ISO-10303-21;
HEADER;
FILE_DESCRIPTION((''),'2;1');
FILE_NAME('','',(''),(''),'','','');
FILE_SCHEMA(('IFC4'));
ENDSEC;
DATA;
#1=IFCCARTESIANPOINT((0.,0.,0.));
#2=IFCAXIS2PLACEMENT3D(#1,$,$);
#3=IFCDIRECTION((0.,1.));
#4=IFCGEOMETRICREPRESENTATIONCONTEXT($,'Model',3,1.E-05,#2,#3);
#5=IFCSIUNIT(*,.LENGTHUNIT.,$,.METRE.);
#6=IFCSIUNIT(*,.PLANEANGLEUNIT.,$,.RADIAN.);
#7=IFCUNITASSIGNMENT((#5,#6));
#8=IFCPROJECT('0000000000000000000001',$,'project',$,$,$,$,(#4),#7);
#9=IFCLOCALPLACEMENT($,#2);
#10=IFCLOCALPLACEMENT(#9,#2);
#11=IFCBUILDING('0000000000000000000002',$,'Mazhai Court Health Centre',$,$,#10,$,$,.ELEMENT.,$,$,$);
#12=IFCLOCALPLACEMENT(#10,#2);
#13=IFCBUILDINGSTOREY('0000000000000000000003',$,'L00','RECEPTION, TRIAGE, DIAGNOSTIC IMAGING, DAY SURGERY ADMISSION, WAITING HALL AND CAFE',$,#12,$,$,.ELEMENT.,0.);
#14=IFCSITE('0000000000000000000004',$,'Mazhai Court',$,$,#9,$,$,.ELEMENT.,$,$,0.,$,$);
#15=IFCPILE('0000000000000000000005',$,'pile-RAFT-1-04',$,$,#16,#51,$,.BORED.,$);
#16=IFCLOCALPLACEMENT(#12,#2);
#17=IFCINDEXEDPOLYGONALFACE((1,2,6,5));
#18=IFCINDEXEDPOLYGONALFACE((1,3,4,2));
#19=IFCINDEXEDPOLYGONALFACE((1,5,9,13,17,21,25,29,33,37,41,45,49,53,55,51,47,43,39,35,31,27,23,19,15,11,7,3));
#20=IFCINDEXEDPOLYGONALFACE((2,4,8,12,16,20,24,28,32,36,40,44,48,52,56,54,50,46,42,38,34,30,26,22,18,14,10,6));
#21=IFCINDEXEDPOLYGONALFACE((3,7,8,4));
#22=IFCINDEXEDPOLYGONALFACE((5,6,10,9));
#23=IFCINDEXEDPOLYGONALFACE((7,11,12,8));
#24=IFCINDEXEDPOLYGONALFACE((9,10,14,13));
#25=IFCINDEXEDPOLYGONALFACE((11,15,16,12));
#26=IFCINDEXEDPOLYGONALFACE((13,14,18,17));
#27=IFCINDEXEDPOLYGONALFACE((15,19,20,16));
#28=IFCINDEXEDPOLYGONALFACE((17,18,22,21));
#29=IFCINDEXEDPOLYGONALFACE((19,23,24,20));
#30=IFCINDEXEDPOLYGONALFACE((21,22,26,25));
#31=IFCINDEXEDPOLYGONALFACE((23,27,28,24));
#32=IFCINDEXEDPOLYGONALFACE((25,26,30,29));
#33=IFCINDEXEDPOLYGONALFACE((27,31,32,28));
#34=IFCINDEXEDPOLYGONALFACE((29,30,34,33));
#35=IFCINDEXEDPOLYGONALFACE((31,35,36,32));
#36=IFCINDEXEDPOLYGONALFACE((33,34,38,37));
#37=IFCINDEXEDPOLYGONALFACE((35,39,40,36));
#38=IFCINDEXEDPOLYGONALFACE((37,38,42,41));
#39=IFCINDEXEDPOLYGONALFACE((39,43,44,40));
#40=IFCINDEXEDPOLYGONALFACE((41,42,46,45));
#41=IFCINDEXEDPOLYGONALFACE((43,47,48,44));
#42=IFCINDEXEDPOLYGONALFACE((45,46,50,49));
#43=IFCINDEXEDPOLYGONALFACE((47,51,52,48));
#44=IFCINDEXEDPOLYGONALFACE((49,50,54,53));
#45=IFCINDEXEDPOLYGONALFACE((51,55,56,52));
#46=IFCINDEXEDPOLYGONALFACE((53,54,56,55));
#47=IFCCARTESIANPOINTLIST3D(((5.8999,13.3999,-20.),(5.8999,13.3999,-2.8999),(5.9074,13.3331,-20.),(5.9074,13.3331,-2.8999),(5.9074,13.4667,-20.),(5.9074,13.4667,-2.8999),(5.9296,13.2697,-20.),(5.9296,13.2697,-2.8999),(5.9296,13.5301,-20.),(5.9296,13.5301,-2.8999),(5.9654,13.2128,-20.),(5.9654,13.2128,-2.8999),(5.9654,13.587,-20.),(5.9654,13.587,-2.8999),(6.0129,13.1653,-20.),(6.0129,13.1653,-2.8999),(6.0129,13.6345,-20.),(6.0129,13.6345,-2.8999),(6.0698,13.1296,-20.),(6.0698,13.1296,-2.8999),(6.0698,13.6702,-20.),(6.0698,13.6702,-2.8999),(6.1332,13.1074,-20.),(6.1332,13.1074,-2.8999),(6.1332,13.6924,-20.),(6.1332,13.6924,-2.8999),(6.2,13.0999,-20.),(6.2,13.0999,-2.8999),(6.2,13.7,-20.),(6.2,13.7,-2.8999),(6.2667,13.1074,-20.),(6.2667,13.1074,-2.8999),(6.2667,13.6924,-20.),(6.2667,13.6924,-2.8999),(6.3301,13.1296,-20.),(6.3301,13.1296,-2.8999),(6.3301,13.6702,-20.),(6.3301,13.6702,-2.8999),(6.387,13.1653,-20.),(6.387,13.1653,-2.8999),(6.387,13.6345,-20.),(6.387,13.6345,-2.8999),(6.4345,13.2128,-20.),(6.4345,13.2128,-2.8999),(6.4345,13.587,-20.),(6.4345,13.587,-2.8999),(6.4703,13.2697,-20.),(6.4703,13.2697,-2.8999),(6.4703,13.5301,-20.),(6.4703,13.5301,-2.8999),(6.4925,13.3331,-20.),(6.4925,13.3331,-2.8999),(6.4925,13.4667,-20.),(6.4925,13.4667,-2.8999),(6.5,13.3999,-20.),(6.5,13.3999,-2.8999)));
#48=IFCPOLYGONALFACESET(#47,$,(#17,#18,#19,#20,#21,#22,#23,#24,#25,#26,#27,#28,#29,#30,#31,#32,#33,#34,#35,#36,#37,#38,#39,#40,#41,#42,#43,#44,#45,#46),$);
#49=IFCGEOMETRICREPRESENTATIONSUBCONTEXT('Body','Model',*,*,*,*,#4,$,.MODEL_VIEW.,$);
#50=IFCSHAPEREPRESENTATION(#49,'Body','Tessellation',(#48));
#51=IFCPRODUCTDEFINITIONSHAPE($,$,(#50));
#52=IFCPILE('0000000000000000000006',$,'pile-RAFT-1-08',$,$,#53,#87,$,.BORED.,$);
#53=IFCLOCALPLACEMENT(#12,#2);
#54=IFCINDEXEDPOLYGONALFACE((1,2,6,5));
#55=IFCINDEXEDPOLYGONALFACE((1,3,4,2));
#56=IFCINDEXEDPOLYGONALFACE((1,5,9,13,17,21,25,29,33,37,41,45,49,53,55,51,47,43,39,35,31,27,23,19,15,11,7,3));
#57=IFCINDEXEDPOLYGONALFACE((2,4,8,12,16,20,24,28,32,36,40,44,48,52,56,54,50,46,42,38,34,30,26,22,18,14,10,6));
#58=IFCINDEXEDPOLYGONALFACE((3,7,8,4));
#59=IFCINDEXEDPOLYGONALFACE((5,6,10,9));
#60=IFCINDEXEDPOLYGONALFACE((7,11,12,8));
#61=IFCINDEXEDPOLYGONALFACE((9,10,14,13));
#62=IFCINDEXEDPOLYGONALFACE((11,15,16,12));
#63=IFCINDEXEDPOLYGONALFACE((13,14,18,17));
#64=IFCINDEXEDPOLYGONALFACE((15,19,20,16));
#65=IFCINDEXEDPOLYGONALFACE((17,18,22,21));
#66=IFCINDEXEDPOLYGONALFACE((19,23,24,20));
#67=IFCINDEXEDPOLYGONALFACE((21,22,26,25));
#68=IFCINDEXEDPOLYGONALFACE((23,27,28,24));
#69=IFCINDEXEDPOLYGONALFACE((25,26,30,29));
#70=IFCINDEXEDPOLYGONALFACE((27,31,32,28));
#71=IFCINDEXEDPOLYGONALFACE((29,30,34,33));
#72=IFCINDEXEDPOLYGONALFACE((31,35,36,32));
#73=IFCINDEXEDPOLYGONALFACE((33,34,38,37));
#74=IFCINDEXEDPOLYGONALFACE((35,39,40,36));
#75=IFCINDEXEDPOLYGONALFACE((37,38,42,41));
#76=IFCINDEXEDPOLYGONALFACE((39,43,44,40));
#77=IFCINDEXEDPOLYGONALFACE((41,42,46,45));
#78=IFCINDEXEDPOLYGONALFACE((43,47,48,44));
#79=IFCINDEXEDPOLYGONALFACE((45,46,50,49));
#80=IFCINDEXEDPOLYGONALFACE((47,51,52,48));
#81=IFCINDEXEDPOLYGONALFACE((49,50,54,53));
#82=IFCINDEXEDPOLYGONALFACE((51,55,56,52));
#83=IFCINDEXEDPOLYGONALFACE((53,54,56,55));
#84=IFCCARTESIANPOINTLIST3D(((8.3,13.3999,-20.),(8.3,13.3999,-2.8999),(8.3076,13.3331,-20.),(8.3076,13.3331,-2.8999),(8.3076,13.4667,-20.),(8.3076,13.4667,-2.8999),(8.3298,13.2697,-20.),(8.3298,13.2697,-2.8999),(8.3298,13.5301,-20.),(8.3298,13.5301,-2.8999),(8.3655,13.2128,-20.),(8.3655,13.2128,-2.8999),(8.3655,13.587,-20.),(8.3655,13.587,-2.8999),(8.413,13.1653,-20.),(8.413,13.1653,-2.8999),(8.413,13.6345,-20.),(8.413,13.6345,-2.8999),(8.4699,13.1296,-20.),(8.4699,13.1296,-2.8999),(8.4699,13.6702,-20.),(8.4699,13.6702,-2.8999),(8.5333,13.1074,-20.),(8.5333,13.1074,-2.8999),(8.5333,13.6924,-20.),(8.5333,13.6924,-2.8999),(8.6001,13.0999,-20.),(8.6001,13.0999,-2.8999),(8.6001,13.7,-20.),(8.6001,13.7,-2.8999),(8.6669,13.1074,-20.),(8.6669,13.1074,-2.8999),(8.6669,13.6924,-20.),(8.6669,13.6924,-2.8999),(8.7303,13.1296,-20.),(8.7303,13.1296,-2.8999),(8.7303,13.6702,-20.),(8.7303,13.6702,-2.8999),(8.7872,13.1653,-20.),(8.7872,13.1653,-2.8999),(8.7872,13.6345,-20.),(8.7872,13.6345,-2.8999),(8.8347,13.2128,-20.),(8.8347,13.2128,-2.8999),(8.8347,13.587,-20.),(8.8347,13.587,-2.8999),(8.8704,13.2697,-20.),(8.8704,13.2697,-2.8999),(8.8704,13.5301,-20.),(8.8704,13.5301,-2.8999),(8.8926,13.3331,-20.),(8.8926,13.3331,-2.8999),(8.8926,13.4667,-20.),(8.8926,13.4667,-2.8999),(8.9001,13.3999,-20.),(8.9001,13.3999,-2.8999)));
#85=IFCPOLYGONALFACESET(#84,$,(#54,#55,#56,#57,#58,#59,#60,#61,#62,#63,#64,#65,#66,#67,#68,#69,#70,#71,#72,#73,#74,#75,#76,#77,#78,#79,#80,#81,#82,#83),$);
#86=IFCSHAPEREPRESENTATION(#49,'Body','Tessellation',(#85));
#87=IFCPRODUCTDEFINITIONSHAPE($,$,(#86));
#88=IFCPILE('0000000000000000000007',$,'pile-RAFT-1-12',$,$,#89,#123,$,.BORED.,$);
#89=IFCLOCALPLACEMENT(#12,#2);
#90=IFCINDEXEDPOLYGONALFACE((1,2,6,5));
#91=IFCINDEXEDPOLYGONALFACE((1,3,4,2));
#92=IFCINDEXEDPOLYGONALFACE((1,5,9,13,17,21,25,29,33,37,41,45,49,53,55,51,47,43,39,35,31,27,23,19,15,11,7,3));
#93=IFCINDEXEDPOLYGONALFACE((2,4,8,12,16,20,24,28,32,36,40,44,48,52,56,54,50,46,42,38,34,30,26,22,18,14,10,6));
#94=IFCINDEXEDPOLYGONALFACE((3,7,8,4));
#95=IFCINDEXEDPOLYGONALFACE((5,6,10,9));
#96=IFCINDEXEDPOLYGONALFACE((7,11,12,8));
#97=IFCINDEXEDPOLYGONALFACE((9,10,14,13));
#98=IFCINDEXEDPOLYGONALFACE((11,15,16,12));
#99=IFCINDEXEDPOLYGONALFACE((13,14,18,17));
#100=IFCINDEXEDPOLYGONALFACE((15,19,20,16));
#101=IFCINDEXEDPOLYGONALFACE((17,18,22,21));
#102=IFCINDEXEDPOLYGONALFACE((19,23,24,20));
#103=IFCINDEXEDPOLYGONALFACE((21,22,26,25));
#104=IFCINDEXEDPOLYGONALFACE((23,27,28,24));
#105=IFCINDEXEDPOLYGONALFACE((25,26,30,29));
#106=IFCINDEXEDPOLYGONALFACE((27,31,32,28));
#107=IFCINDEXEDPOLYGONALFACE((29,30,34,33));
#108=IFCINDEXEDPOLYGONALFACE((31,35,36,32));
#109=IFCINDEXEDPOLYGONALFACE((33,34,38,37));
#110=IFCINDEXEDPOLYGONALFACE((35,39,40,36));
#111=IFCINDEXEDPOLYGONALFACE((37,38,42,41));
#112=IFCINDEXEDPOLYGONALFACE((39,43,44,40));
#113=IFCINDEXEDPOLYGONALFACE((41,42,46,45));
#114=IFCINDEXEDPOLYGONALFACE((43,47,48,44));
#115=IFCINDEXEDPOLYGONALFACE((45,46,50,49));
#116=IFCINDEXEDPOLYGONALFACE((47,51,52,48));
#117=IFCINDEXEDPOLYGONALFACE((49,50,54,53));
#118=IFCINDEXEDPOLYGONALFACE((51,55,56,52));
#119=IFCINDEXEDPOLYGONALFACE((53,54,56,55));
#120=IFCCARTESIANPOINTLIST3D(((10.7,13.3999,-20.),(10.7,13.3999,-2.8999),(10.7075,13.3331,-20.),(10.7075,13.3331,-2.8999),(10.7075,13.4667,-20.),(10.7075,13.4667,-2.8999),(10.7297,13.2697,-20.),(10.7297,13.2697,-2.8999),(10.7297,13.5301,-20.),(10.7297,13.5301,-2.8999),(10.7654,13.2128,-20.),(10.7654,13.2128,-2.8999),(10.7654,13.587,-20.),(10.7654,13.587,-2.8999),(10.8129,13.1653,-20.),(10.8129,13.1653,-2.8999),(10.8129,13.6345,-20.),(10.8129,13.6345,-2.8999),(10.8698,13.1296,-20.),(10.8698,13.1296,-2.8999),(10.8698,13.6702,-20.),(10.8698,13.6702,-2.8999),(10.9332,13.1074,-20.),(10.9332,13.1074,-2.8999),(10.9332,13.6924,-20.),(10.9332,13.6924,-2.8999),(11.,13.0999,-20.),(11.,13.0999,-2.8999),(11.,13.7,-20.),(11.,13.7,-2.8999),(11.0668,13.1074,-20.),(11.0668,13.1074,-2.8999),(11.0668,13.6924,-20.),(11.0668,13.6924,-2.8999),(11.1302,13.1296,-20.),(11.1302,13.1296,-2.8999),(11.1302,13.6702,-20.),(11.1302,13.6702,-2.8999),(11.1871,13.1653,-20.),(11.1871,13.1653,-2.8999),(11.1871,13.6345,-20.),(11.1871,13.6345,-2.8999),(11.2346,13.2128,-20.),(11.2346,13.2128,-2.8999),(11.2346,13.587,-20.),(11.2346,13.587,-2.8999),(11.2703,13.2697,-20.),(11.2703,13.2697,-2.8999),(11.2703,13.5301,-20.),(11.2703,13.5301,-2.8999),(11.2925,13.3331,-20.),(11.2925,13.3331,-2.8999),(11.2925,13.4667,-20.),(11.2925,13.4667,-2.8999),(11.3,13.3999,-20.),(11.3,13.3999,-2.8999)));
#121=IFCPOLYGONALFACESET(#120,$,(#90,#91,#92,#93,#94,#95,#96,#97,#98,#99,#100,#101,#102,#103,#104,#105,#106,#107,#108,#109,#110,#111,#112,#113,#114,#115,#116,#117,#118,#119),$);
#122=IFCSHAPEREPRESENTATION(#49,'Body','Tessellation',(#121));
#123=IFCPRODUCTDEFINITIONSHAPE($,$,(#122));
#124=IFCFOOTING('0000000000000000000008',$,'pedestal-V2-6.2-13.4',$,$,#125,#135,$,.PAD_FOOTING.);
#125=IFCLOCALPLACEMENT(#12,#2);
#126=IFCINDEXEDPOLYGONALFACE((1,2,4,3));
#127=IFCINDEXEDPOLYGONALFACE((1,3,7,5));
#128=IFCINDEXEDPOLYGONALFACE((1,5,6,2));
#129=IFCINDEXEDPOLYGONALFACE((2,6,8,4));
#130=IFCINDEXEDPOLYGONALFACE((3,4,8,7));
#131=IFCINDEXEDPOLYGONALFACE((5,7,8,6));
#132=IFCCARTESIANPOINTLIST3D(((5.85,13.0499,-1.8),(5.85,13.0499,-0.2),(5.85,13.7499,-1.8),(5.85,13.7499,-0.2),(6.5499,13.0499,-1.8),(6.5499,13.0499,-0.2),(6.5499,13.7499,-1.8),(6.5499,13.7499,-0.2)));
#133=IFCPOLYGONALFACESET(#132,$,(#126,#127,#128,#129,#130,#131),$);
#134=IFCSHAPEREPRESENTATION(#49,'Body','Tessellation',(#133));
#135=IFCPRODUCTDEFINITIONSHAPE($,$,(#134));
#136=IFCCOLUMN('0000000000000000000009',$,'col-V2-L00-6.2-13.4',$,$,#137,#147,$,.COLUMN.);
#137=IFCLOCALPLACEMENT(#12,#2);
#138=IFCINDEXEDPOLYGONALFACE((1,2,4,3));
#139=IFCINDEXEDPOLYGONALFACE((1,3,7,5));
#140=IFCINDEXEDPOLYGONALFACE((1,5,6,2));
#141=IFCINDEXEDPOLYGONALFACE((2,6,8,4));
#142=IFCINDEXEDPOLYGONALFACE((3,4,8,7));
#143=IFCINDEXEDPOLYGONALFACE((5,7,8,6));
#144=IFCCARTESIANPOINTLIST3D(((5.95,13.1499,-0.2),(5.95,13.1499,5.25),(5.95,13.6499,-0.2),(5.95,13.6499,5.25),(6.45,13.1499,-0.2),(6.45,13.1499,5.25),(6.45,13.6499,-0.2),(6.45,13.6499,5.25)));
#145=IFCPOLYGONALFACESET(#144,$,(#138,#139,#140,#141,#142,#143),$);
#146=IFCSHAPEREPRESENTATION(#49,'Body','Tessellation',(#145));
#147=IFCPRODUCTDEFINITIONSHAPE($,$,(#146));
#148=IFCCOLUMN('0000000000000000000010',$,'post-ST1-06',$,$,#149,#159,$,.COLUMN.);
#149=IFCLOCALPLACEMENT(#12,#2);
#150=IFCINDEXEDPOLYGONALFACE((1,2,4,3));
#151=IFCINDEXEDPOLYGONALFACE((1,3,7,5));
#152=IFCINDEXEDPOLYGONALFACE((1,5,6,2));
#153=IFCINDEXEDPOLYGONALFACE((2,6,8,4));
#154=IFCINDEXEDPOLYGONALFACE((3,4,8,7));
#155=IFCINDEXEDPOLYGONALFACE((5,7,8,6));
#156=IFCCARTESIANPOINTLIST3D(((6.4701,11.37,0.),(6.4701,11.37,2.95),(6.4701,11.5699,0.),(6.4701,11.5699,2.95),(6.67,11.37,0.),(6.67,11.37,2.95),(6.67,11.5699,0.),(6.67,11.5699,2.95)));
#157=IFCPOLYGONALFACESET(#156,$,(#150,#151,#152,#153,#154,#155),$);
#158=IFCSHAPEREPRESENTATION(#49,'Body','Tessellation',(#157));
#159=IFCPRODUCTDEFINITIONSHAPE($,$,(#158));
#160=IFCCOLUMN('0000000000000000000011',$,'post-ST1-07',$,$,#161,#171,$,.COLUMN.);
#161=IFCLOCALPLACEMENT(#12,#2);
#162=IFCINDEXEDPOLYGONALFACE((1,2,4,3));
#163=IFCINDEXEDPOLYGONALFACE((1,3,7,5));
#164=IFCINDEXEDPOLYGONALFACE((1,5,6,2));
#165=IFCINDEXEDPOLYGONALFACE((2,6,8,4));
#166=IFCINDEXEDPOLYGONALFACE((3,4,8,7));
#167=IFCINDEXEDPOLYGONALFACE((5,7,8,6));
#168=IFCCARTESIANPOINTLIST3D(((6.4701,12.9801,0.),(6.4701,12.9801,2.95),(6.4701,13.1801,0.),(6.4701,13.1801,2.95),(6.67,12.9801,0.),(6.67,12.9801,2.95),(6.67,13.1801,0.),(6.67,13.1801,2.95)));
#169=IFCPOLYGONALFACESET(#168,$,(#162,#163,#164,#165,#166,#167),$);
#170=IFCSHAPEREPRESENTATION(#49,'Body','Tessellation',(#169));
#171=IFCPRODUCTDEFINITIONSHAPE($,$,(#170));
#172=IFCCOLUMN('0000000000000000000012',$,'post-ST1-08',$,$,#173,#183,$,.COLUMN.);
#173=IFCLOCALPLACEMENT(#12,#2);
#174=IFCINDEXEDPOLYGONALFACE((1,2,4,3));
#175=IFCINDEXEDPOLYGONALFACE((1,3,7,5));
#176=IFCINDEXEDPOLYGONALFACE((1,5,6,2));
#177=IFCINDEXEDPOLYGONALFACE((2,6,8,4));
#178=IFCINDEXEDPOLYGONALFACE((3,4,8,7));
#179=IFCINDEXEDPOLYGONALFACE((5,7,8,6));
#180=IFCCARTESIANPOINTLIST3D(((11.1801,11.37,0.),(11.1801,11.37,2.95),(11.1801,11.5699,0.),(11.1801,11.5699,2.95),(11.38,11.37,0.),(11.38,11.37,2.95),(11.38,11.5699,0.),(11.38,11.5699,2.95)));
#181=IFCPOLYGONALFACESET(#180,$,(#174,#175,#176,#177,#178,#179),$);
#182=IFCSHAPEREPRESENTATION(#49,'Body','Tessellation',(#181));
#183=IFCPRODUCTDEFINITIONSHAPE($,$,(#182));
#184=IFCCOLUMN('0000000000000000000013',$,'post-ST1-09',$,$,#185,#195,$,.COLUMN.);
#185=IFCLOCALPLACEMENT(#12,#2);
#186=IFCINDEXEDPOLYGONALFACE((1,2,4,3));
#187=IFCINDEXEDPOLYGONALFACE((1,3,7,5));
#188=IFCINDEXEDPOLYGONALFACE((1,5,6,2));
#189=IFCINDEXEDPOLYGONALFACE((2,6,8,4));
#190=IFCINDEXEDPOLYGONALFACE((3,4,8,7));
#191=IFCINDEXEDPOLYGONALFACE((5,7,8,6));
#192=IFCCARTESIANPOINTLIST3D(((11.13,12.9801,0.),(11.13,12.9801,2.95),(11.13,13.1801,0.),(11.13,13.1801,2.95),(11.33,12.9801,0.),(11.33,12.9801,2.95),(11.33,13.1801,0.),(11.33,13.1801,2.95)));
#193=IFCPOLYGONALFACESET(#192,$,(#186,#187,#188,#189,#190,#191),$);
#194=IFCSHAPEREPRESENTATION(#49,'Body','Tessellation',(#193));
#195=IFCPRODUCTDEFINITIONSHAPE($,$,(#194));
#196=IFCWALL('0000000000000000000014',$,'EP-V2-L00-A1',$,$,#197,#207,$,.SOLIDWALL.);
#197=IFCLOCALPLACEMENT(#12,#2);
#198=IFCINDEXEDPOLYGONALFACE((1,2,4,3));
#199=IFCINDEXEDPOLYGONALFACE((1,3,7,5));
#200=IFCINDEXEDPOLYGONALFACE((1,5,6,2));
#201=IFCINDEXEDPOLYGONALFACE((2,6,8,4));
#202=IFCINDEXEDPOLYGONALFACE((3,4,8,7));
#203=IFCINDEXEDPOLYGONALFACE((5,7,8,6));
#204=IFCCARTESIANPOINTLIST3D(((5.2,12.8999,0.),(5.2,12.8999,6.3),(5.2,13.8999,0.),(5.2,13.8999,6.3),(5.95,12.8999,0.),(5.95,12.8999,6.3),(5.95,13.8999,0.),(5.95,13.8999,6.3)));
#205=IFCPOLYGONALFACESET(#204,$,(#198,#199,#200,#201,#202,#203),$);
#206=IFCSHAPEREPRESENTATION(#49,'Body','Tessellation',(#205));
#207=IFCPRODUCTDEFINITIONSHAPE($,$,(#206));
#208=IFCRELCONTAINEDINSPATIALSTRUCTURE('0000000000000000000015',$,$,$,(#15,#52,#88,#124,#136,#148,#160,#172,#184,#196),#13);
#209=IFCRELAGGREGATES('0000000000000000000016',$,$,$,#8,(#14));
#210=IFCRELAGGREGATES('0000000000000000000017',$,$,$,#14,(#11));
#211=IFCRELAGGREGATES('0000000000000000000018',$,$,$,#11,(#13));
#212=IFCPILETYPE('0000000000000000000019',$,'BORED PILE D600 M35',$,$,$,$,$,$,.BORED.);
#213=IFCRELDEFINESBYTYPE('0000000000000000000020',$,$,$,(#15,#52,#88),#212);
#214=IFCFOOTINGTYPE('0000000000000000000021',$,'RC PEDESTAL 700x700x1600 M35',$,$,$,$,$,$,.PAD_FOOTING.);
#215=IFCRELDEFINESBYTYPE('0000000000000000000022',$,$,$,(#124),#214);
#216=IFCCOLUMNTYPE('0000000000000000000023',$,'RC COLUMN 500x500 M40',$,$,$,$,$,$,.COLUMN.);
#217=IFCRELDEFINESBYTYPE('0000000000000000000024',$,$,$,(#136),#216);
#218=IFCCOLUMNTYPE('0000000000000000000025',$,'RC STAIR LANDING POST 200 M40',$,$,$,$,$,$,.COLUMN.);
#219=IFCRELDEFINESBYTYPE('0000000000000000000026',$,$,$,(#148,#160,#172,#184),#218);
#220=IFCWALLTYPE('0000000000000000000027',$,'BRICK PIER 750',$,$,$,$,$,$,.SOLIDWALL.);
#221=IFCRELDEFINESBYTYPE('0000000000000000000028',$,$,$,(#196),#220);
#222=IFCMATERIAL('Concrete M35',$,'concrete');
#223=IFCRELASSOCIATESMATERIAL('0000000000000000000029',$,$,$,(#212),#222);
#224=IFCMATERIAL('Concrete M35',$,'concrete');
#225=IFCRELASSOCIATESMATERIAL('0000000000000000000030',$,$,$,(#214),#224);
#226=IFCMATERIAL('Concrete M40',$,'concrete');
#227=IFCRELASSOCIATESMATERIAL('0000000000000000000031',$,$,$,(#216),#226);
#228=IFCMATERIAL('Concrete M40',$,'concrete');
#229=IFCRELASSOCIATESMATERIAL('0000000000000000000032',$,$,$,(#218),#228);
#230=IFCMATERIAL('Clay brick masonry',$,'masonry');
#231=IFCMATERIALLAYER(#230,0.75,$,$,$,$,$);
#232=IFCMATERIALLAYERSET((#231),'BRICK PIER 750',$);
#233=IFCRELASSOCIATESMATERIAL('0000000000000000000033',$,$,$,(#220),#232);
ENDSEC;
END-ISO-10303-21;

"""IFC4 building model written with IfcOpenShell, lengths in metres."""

from ifc_helpers import new_model, si_unit, direction, frame, frame_2d, origin, origin_2d, place, context, subcontext, project, spatial, rectangle, circle, extrude, material, layer, layer_set, material_profile, profile_set, type_object, element, save


model = new_model("IFC4")

# Units and contexts
model_context = context("Model", 3, precision=1e-05, world=origin(), true_north=direction((0.0, 1.0)))
body_context = subcontext(model_context, "Body", "Model", "MODEL_VIEW")
ifc_project = project(units=[si_unit("LENGTHUNIT", "METRE"), si_unit("PLANEANGLEUNIT", "RADIAN")], contexts=[model_context])

# Site, building, storey
site_placement = place(None, origin())
site = spatial("IfcSite", under=ifc_project, at=site_placement, Name="Mazhai Court", CompositionType="ELEMENT", RefElevation=0.0)
building_placement = place(site_placement, origin())
building = spatial("IfcBuilding", under=site, at=building_placement, Name="Mazhai Court Health Centre", CompositionType="ELEMENT")
storey_placement = place(building_placement, origin())
storey = spatial("IfcBuildingStorey", under=building, at=storey_placement, Name="L00", Description="RECEPTION, TRIAGE, DIAGNOSTIC IMAGING, DAY SURGERY ADMISSION, WAITING HALL AND CAFE", CompositionType="ELEMENT", Elevation=0.0)

# Piles
ifc_material_1 = material(Name="Concrete M35", Category="concrete")
ifc_material_profile_1 = material_profile(ifc_material_1, circle(Radius=0.3, at=origin_2d()), Name="RC PILE D600")
ifc_profile_set_1 = profile_set([ifc_material_profile_1], Name="Concrete M35")
pile_type = type_object("IfcPileType", Name="BORED PILE D600 M35", PredefinedType="BORED", material=ifc_profile_set_1)
for number, where, z_axis, x_axis, name in (
    (1, (6.2, 13.3999, -2.8999), (0.0, 0.0, -1.0), (1.0, 0.0, 0.0), "pile-RAFT-1-04"),
    (2, (8.6001, 13.3999, -2.8999), (0.0, 0.0, -1.0), (1.0, 0.0, 0.0), "pile-RAFT-1-08"),
    (3, (11.0, 13.3999, -2.8999), (0.0, 0.0, -1.0), (1.0, 0.0, 0.0), "pile-RAFT-1-12"),
):
    element("IfcPile", number, at=place(storey_placement, frame(where, z_axis=z_axis, x_axis=x_axis)), inside=storey, type_object=pile_type, Name=name, PredefinedType="BORED", context=body_context, shape_type="SweptSolid", body=[
        extrude(circle(Radius=0.3, at=origin_2d()), origin(), (0.0, 0.0, 1.0), 17.1001),
    ])

# Footing
ifc_material_2 = material(Name="Concrete M35", Category="concrete")
footing_type = type_object("IfcFootingType", Name="RC PEDESTAL 700x700x1600 M35", PredefinedType="PAD_FOOTING", material=ifc_material_2)
footing_placement = place(storey_placement, frame((6.2, 13.3999, -1.8), z_axis=(0.0, 0.0, 1.0), x_axis=(1.0, 0.0, 0.0)))
element("IfcFooting", 4, at=footing_placement, inside=storey, type_object=footing_type, Name="pedestal-V2-6.2-13.4", PredefinedType="PAD_FOOTING", context=body_context, shape_type="SweptSolid", body=[
    extrude(rectangle(XDim=0.7, YDim=0.7, at=origin_2d()), origin(), (0.0, 0.0, 1.0), 1.6001),
])

# Columns
ifc_material_3 = material(Name="Concrete M40", Category="concrete")
ifc_material_profile_2 = material_profile(ifc_material_3, rectangle(XDim=0.5, YDim=0.5, at=origin_2d()), Name="RC 500x500")
ifc_profile_set_2 = profile_set([ifc_material_profile_2], Name="Concrete M40")
column_type_1 = type_object("IfcColumnType", Name="RC COLUMN 500x500 M40", PredefinedType="COLUMN", material=ifc_profile_set_2)
column_placement = place(storey_placement, frame((6.2, 13.3999, -0.2), z_axis=(0.0, 0.0, 1.0), x_axis=(1.0, 0.0, 0.0)))
element("IfcColumn", 5, at=column_placement, inside=storey, type_object=column_type_1, Name="col-V2-L00-6.2-13.4", PredefinedType="COLUMN", context=body_context, shape_type="SweptSolid", body=[
    extrude(rectangle(XDim=0.5, YDim=0.5, at=origin_2d()), origin(), (0.0, 0.0, 1.0), 5.45),
])
ifc_material_4 = material(Name="Concrete M40", Category="concrete")
ifc_material_profile_3 = material_profile(ifc_material_4, rectangle(XDim=0.2, YDim=0.2, at=origin_2d()), Name="RC 200x200")
ifc_profile_set_3 = profile_set([ifc_material_profile_3], Name="Concrete M40")
column_type_2 = type_object("IfcColumnType", Name="RC STAIR LANDING POST 200 M40", PredefinedType="COLUMN", material=ifc_profile_set_3)
for number, where, z_axis, x_axis, name in (
    (6, (6.5701, 11.47, 0.0), (0.0, 0.0, 1.0), (1.0, 0.0, 0.0), "post-ST1-06"),
    (7, (6.5701, 13.0801, 0.0), (0.0, 0.0, 1.0), (1.0, 0.0, 0.0), "post-ST1-07"),
    (8, (11.28, 11.47, 0.0), (0.0, 0.0, 1.0), (1.0, 0.0, 0.0), "post-ST1-08"),
    (9, (11.23, 13.0801, 0.0), (0.0, 0.0, 1.0), (1.0, 0.0, 0.0), "post-ST1-09"),
):
    element("IfcColumn", number, at=place(storey_placement, frame(where, z_axis=z_axis, x_axis=x_axis)), inside=storey, type_object=column_type_2, Name=name, PredefinedType="COLUMN", context=body_context, shape_type="SweptSolid", body=[
        extrude(rectangle(XDim=0.2, YDim=0.2, at=origin_2d()), origin(), (0.0, 0.0, 1.0), 2.95),
    ])

# Wall
ifc_material_5 = material(Name="Clay brick masonry", Category="masonry")
ifc_layer_1 = layer(ifc_material_5, 0.75)
ifc_layer_set_1 = layer_set([ifc_layer_1], Name="BRICK PIER 750")
wall_type_1 = type_object("IfcWallType", Name="BRICK PIER 750", PredefinedType="SOLIDWALL", material=ifc_layer_set_1)
wall_1_placement = place(storey_placement, frame((5.575, 12.8999, 0.0), z_axis=(0.0, 0.0, 1.0), x_axis=(0.0, 1.0, 0.0)))
element("IfcWall", 10, at=wall_1_placement, inside=storey, type_object=wall_type_1, Name="EP-V2-L00-A1", PredefinedType="SOLIDWALL", context=body_context, shape_type="SweptSolid", body=[
    extrude(rectangle(XDim=1.0, YDim=0.75, at=frame_2d((0.5, 0.0))), origin(), (0.0, 0.0, 1.0), 6.3),
])

save(model, "model.ifc")
